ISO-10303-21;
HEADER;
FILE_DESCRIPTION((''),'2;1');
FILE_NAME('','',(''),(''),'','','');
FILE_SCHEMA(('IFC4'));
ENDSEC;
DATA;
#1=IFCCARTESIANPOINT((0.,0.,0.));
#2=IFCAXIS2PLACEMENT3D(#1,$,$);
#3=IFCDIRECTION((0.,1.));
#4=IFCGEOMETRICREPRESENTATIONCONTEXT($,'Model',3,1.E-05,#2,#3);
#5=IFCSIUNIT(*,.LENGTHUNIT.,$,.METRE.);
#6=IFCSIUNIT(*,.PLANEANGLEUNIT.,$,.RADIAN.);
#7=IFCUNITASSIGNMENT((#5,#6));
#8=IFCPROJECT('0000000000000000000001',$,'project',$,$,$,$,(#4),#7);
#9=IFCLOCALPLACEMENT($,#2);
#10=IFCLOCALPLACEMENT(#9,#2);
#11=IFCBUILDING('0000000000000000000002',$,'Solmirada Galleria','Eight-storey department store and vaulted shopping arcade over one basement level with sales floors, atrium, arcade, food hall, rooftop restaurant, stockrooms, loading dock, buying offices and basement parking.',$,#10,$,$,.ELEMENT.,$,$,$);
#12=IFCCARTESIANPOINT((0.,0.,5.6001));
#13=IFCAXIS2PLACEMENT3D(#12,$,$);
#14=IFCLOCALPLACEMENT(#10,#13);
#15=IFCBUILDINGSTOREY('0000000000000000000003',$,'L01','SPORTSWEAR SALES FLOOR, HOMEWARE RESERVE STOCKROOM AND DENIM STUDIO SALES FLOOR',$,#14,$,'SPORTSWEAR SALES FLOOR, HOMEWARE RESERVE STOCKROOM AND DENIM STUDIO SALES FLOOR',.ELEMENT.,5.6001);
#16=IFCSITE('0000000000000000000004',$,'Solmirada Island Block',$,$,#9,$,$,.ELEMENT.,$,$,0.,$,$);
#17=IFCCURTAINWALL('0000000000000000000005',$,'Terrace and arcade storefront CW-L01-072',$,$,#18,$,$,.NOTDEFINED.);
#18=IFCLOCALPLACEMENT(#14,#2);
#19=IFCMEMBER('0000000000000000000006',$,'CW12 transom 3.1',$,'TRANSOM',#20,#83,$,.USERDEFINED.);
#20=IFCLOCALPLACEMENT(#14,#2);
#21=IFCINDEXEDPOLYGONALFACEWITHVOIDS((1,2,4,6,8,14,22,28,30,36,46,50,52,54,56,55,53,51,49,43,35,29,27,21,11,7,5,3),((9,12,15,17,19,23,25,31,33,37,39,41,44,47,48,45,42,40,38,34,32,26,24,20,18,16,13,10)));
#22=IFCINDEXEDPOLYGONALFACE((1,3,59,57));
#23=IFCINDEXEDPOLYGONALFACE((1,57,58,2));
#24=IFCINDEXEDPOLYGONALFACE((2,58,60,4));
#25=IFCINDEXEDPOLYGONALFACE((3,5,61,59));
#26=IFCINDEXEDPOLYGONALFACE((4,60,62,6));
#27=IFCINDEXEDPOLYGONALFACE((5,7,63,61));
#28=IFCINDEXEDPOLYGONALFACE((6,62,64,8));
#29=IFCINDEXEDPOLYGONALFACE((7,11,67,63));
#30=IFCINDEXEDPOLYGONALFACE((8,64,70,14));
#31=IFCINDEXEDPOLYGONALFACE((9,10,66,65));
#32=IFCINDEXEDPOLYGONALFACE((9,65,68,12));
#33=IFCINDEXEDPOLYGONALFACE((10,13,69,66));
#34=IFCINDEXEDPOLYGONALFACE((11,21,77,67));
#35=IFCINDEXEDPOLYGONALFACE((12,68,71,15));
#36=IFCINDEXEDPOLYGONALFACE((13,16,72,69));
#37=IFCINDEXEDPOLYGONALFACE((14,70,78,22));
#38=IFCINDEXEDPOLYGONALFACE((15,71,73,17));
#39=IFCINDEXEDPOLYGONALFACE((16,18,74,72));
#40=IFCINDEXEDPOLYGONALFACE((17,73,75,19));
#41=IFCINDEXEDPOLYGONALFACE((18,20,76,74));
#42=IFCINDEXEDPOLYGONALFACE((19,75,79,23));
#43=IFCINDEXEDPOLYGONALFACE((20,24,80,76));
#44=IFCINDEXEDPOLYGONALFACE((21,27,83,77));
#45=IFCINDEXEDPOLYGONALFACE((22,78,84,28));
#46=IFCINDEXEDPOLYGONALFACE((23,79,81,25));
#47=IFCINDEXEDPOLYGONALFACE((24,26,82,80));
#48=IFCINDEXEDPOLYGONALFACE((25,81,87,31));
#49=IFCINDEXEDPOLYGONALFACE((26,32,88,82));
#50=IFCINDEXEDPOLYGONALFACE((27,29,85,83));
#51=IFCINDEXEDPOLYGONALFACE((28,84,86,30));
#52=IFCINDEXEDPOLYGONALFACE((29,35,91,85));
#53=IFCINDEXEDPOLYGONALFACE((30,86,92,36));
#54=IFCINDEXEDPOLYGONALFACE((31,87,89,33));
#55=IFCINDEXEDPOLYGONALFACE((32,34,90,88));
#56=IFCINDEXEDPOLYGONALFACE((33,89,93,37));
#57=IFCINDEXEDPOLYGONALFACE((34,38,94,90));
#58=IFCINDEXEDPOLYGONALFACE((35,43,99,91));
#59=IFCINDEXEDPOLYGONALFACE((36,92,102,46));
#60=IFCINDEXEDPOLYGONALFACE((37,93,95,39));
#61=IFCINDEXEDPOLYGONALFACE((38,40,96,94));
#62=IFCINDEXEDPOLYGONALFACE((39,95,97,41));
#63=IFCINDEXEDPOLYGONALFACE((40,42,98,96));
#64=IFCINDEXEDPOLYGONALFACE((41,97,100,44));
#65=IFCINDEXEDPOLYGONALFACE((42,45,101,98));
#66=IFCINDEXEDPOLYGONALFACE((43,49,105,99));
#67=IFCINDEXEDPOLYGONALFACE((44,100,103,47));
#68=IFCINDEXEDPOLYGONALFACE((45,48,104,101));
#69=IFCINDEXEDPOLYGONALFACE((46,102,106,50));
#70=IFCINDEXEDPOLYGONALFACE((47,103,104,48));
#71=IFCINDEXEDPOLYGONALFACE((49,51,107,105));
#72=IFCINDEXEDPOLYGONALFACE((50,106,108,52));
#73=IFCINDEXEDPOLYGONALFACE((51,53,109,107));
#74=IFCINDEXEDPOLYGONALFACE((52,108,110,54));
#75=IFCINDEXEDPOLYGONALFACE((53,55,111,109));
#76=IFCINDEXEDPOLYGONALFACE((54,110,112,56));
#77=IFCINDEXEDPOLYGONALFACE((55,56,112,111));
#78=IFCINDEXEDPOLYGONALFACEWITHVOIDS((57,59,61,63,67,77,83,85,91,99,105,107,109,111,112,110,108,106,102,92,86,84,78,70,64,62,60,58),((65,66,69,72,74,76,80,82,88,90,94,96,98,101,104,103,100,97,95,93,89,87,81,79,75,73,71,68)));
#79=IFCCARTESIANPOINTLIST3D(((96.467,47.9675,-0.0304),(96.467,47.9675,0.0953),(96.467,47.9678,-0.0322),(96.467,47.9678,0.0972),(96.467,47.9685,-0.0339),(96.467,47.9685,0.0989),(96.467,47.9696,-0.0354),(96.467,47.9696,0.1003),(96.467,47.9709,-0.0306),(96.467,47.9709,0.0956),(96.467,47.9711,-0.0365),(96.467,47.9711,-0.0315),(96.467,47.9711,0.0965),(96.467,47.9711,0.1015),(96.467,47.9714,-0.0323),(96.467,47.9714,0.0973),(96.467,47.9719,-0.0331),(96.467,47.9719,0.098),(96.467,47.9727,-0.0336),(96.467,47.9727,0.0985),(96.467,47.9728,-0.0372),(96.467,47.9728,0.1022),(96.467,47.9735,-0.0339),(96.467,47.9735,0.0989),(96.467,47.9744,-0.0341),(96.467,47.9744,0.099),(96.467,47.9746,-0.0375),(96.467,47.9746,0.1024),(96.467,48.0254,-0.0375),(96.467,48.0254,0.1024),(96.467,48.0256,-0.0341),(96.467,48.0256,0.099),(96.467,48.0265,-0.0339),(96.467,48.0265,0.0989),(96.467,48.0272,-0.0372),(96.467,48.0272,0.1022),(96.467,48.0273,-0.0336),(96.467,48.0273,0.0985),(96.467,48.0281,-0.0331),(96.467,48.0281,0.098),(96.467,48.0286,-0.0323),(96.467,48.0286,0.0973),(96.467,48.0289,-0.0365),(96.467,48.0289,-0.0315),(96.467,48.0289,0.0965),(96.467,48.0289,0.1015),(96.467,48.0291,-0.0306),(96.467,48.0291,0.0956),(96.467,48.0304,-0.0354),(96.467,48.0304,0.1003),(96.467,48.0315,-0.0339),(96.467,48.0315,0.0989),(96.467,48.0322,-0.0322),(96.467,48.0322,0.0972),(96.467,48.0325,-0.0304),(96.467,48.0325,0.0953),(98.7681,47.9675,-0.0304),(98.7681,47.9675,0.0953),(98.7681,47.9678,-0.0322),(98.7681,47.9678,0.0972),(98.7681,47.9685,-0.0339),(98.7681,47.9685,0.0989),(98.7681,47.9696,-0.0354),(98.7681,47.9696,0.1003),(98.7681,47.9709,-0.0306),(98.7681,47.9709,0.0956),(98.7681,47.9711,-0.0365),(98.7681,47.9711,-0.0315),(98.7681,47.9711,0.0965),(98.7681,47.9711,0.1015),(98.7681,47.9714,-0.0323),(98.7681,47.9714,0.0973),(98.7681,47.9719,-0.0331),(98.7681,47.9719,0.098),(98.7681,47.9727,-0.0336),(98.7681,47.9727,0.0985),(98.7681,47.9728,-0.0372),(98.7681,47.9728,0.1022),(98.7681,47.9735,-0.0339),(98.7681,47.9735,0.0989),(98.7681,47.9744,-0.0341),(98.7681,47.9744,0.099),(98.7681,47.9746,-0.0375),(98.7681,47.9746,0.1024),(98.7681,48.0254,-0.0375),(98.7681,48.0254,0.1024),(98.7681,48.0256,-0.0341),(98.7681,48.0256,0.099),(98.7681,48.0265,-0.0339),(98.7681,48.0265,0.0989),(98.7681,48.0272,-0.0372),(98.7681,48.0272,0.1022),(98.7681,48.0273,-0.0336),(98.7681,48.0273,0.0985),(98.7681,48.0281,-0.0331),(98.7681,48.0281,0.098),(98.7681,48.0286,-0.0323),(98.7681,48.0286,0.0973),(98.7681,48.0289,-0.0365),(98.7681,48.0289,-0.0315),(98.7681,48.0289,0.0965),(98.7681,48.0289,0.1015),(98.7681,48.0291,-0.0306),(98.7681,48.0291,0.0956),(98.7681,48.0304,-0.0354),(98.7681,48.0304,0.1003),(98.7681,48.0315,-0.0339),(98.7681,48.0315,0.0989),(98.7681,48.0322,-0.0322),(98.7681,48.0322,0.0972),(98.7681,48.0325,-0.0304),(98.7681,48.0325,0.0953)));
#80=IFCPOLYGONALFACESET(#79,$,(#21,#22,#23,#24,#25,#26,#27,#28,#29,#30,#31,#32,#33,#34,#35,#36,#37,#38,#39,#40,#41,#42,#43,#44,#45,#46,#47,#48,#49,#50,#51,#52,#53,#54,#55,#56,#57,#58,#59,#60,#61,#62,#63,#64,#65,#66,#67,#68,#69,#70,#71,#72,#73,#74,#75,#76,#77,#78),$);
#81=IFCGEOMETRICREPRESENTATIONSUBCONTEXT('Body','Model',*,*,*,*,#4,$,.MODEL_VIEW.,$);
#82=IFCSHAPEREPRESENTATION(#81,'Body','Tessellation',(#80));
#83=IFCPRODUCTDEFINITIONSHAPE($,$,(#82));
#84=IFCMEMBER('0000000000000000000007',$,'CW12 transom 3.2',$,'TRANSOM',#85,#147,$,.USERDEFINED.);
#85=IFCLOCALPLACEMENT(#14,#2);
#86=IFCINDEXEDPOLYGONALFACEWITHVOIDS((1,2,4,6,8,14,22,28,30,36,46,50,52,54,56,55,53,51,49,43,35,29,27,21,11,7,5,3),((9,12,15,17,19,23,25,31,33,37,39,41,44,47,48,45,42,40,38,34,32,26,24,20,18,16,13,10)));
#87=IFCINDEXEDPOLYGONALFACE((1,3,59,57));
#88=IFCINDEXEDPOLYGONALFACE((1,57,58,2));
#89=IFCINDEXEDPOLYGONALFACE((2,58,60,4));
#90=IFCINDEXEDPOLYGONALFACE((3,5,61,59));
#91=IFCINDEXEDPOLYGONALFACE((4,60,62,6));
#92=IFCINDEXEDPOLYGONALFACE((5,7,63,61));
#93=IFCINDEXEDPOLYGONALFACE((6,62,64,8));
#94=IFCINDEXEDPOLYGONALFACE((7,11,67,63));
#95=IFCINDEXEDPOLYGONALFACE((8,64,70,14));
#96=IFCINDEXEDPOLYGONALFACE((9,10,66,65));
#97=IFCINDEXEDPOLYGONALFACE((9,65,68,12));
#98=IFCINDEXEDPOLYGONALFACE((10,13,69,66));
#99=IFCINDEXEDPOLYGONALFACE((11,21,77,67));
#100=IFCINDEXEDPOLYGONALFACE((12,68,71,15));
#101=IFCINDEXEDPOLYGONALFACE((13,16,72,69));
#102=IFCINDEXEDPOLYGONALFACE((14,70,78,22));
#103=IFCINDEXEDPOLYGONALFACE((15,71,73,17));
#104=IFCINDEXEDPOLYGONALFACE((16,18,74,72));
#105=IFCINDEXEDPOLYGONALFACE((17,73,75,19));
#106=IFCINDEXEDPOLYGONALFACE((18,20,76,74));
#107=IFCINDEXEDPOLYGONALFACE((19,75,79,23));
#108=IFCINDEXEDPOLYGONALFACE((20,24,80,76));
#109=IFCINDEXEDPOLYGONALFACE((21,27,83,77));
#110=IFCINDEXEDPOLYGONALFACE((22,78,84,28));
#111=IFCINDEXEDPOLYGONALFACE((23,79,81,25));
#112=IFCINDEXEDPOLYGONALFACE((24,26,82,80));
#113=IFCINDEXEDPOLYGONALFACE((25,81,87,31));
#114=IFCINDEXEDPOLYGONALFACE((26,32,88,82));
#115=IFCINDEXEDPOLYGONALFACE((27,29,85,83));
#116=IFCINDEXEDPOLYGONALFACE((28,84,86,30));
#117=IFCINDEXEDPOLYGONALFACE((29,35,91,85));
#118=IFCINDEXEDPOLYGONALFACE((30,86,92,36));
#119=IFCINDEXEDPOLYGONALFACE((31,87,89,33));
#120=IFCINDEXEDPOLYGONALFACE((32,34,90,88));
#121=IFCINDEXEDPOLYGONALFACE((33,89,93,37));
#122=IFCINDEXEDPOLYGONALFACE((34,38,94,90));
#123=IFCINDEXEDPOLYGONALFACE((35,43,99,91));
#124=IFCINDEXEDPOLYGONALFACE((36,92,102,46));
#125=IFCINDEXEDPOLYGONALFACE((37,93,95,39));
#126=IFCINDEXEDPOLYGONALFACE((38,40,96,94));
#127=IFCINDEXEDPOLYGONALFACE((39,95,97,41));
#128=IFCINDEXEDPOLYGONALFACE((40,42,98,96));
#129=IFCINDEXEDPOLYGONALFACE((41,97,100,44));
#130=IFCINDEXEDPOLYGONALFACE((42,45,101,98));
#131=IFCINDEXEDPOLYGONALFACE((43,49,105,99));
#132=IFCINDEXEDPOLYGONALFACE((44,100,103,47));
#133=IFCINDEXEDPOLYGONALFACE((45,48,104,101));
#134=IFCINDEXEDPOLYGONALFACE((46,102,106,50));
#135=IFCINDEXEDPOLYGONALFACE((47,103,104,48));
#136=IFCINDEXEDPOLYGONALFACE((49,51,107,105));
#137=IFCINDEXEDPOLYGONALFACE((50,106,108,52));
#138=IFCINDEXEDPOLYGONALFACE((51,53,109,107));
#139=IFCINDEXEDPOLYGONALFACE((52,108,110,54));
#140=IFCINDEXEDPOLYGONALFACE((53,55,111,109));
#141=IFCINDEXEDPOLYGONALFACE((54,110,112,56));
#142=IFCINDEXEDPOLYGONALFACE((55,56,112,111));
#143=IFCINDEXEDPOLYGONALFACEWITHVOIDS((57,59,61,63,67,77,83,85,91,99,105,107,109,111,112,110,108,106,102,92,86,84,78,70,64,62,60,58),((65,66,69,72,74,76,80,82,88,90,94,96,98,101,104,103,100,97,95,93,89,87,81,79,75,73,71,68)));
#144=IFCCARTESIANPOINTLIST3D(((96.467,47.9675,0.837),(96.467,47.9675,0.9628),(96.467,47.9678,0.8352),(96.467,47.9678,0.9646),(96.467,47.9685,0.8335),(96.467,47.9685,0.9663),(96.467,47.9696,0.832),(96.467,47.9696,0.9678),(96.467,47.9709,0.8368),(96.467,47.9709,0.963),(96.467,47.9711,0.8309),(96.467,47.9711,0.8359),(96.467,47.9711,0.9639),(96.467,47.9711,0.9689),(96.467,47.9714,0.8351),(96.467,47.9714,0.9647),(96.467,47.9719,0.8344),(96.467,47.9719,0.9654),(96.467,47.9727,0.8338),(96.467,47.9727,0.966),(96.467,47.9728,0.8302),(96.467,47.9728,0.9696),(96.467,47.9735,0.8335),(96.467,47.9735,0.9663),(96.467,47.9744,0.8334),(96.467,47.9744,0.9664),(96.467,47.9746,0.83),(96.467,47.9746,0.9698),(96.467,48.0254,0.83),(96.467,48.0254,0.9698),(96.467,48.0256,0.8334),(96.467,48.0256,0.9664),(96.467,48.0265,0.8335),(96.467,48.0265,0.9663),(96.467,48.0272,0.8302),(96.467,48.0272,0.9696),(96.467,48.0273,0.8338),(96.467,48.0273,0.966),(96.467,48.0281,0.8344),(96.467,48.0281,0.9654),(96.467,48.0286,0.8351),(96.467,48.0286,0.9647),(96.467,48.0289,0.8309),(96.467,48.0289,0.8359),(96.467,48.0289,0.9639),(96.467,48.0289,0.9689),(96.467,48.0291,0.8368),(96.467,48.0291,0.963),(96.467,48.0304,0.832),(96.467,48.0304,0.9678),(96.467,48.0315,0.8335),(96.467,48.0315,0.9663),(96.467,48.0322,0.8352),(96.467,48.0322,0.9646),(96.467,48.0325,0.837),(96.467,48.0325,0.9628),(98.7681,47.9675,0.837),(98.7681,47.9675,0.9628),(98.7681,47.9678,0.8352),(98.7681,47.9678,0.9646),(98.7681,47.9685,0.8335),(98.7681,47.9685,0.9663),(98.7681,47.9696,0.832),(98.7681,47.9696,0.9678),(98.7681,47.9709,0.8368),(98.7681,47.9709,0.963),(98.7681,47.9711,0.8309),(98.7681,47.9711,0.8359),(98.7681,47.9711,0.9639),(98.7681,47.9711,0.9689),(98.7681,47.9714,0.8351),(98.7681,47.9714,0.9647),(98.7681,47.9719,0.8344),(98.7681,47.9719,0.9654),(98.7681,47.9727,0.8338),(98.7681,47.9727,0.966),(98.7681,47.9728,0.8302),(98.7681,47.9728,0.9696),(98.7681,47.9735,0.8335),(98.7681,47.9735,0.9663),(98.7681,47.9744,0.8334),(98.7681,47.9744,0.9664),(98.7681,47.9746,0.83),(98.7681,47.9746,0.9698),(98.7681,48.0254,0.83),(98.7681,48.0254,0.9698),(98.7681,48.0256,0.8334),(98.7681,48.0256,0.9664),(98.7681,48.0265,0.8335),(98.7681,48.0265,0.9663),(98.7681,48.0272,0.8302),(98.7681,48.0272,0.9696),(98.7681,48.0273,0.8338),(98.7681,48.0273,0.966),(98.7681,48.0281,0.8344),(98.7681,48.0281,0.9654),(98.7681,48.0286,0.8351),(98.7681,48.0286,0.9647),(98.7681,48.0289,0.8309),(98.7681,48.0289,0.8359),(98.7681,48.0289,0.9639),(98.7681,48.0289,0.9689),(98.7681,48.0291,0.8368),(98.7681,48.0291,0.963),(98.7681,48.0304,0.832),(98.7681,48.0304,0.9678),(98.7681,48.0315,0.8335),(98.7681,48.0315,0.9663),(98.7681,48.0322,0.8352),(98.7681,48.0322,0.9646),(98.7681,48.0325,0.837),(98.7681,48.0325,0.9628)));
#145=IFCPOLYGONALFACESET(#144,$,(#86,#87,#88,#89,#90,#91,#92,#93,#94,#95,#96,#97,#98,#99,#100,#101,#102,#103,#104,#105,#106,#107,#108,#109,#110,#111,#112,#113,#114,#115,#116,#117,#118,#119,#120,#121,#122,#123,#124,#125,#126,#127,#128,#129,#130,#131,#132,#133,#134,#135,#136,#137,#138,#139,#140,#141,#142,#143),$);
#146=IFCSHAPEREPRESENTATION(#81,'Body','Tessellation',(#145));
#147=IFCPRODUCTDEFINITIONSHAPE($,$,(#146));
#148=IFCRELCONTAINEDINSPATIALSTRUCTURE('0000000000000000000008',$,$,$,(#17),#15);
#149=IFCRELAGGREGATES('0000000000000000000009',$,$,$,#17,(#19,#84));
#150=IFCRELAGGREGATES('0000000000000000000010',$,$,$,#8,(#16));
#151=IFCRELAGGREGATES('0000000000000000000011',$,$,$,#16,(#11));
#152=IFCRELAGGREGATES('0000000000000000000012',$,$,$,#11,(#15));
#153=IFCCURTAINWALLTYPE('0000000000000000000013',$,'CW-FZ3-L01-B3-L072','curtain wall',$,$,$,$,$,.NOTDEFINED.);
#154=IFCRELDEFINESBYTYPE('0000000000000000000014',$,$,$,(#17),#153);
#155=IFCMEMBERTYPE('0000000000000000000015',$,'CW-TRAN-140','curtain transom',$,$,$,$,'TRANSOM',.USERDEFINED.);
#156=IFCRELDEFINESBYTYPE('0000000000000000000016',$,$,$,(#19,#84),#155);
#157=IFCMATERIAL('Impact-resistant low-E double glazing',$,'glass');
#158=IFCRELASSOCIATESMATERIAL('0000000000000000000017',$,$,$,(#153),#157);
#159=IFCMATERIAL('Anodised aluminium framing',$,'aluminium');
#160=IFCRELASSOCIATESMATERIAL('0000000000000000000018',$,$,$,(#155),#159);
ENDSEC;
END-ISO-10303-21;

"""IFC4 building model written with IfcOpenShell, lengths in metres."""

from ifc_helpers import new_model, si_unit, direction, frame, origin, origin_2d, place, context, subcontext, project, spatial, hollow_rectangle, extrude, material, material_profile, profile_set, type_object, element, aggregate, save


model = new_model("IFC4")

# Units and contexts
model_context = context("Model", 3, precision=1e-05, world=origin(), true_north=direction((0.0, 1.0)))
body_context = subcontext(model_context, "Body", "Model", "MODEL_VIEW")
ifc_project = project(units=[si_unit("LENGTHUNIT", "METRE"), si_unit("PLANEANGLEUNIT", "RADIAN")], contexts=[model_context])

# Site, building, storey
site_placement = place(None, origin())
site = spatial("IfcSite", under=ifc_project, at=site_placement, Name="Solmirada Island Block", CompositionType="ELEMENT", RefElevation=0.0)
building_placement = place(site_placement, origin())
building = spatial("IfcBuilding", under=site, at=building_placement, Name="Solmirada Galleria", Description="Eight-storey department store and vaulted shopping arcade over one basement level with sales floors, atrium, arcade, food hall, rooftop restaurant, stockrooms, loading dock, buying offices and basement parking.", CompositionType="ELEMENT")
storey_placement = place(building_placement, frame((0.0, 0.0, 5.6001)))
storey = spatial("IfcBuildingStorey", under=building, at=storey_placement, Name="L01", Description="SPORTSWEAR SALES FLOOR, HOMEWARE RESERVE STOCKROOM AND DENIM STUDIO SALES FLOOR", LongName="SPORTSWEAR SALES FLOOR, HOMEWARE RESERVE STOCKROOM AND DENIM STUDIO SALES FLOOR", CompositionType="ELEMENT", Elevation=5.6001)

# Curtain wall
ifc_material_1 = material(Name="Impact-resistant low-E double glazing", Category="glass")
curtain_wall_type_1 = type_object("IfcCurtainWallType", Name="CW-FZ3-L01-B3-L072", Description="curtain wall", PredefinedType="NOTDEFINED", material=ifc_material_1)
curtain_wall_1_placement = place(storey_placement, origin())
curtain_wall_1 = element("IfcCurtainWall", 1, at=curtain_wall_1_placement, inside=storey, type_object=curtain_wall_type_1, Name="Terrace and arcade storefront CW-L01-072", PredefinedType="NOTDEFINED")
ifc_material_2 = material(Name="Anodised aluminium framing", Category="aluminium")

# Members
ifc_material_profile_1 = material_profile(ifc_material_2, hollow_rectangle(XDim=0.0649, YDim=0.1399, WallThickness=0.0034, InnerFilletRadius=0.0034, OuterFilletRadius=0.0071, at=origin_2d()), Name="ALU-TRAN-140X65")
ifc_profile_set_1 = profile_set([ifc_material_profile_1], Name="Anodised aluminium framing")
member_type_1 = type_object("IfcMemberType", Name="CW-TRAN-140", Description="curtain transom", ElementType="TRANSOM", PredefinedType="USERDEFINED", material=ifc_profile_set_1)
member_1_placement = place(storey_placement, frame((98.7681, 48.0, 0.0325), z_axis=(-1.0, 0.0, 0.0), x_axis=(0.0, -1.0, 0.0)))
member_1 = element("IfcMember", 2, at=member_1_placement, type_object=member_type_1, Name="CW12 transom 3.1", ObjectType="TRANSOM", PredefinedType="USERDEFINED", context=body_context, shape_type="SweptSolid", body=[
    extrude(hollow_rectangle(XDim=0.0649, YDim=0.1399, WallThickness=0.0034, InnerFilletRadius=0.0034, OuterFilletRadius=0.0071, at=origin_2d()), origin(), (0.0, 0.0, 1.0), 2.301),
])
member_2_placement = place(storey_placement, frame((98.7681, 48.0, 0.8999), z_axis=(-1.0, 0.0, 0.0), x_axis=(0.0, -1.0, 0.0)))
member_2 = element("IfcMember", 3, at=member_2_placement, type_object=member_type_1, Name="CW12 transom 3.2", ObjectType="TRANSOM", PredefinedType="USERDEFINED", context=body_context, shape_type="SweptSolid", body=[
    extrude(hollow_rectangle(XDim=0.0649, YDim=0.1399, WallThickness=0.0034, InnerFilletRadius=0.0034, OuterFilletRadius=0.0071, at=origin_2d()), origin(), (0.0, 0.0, 1.0), 2.301),
])

aggregate(curtain_wall_1, [member_1, member_2])

save(model, "model.ifc")
